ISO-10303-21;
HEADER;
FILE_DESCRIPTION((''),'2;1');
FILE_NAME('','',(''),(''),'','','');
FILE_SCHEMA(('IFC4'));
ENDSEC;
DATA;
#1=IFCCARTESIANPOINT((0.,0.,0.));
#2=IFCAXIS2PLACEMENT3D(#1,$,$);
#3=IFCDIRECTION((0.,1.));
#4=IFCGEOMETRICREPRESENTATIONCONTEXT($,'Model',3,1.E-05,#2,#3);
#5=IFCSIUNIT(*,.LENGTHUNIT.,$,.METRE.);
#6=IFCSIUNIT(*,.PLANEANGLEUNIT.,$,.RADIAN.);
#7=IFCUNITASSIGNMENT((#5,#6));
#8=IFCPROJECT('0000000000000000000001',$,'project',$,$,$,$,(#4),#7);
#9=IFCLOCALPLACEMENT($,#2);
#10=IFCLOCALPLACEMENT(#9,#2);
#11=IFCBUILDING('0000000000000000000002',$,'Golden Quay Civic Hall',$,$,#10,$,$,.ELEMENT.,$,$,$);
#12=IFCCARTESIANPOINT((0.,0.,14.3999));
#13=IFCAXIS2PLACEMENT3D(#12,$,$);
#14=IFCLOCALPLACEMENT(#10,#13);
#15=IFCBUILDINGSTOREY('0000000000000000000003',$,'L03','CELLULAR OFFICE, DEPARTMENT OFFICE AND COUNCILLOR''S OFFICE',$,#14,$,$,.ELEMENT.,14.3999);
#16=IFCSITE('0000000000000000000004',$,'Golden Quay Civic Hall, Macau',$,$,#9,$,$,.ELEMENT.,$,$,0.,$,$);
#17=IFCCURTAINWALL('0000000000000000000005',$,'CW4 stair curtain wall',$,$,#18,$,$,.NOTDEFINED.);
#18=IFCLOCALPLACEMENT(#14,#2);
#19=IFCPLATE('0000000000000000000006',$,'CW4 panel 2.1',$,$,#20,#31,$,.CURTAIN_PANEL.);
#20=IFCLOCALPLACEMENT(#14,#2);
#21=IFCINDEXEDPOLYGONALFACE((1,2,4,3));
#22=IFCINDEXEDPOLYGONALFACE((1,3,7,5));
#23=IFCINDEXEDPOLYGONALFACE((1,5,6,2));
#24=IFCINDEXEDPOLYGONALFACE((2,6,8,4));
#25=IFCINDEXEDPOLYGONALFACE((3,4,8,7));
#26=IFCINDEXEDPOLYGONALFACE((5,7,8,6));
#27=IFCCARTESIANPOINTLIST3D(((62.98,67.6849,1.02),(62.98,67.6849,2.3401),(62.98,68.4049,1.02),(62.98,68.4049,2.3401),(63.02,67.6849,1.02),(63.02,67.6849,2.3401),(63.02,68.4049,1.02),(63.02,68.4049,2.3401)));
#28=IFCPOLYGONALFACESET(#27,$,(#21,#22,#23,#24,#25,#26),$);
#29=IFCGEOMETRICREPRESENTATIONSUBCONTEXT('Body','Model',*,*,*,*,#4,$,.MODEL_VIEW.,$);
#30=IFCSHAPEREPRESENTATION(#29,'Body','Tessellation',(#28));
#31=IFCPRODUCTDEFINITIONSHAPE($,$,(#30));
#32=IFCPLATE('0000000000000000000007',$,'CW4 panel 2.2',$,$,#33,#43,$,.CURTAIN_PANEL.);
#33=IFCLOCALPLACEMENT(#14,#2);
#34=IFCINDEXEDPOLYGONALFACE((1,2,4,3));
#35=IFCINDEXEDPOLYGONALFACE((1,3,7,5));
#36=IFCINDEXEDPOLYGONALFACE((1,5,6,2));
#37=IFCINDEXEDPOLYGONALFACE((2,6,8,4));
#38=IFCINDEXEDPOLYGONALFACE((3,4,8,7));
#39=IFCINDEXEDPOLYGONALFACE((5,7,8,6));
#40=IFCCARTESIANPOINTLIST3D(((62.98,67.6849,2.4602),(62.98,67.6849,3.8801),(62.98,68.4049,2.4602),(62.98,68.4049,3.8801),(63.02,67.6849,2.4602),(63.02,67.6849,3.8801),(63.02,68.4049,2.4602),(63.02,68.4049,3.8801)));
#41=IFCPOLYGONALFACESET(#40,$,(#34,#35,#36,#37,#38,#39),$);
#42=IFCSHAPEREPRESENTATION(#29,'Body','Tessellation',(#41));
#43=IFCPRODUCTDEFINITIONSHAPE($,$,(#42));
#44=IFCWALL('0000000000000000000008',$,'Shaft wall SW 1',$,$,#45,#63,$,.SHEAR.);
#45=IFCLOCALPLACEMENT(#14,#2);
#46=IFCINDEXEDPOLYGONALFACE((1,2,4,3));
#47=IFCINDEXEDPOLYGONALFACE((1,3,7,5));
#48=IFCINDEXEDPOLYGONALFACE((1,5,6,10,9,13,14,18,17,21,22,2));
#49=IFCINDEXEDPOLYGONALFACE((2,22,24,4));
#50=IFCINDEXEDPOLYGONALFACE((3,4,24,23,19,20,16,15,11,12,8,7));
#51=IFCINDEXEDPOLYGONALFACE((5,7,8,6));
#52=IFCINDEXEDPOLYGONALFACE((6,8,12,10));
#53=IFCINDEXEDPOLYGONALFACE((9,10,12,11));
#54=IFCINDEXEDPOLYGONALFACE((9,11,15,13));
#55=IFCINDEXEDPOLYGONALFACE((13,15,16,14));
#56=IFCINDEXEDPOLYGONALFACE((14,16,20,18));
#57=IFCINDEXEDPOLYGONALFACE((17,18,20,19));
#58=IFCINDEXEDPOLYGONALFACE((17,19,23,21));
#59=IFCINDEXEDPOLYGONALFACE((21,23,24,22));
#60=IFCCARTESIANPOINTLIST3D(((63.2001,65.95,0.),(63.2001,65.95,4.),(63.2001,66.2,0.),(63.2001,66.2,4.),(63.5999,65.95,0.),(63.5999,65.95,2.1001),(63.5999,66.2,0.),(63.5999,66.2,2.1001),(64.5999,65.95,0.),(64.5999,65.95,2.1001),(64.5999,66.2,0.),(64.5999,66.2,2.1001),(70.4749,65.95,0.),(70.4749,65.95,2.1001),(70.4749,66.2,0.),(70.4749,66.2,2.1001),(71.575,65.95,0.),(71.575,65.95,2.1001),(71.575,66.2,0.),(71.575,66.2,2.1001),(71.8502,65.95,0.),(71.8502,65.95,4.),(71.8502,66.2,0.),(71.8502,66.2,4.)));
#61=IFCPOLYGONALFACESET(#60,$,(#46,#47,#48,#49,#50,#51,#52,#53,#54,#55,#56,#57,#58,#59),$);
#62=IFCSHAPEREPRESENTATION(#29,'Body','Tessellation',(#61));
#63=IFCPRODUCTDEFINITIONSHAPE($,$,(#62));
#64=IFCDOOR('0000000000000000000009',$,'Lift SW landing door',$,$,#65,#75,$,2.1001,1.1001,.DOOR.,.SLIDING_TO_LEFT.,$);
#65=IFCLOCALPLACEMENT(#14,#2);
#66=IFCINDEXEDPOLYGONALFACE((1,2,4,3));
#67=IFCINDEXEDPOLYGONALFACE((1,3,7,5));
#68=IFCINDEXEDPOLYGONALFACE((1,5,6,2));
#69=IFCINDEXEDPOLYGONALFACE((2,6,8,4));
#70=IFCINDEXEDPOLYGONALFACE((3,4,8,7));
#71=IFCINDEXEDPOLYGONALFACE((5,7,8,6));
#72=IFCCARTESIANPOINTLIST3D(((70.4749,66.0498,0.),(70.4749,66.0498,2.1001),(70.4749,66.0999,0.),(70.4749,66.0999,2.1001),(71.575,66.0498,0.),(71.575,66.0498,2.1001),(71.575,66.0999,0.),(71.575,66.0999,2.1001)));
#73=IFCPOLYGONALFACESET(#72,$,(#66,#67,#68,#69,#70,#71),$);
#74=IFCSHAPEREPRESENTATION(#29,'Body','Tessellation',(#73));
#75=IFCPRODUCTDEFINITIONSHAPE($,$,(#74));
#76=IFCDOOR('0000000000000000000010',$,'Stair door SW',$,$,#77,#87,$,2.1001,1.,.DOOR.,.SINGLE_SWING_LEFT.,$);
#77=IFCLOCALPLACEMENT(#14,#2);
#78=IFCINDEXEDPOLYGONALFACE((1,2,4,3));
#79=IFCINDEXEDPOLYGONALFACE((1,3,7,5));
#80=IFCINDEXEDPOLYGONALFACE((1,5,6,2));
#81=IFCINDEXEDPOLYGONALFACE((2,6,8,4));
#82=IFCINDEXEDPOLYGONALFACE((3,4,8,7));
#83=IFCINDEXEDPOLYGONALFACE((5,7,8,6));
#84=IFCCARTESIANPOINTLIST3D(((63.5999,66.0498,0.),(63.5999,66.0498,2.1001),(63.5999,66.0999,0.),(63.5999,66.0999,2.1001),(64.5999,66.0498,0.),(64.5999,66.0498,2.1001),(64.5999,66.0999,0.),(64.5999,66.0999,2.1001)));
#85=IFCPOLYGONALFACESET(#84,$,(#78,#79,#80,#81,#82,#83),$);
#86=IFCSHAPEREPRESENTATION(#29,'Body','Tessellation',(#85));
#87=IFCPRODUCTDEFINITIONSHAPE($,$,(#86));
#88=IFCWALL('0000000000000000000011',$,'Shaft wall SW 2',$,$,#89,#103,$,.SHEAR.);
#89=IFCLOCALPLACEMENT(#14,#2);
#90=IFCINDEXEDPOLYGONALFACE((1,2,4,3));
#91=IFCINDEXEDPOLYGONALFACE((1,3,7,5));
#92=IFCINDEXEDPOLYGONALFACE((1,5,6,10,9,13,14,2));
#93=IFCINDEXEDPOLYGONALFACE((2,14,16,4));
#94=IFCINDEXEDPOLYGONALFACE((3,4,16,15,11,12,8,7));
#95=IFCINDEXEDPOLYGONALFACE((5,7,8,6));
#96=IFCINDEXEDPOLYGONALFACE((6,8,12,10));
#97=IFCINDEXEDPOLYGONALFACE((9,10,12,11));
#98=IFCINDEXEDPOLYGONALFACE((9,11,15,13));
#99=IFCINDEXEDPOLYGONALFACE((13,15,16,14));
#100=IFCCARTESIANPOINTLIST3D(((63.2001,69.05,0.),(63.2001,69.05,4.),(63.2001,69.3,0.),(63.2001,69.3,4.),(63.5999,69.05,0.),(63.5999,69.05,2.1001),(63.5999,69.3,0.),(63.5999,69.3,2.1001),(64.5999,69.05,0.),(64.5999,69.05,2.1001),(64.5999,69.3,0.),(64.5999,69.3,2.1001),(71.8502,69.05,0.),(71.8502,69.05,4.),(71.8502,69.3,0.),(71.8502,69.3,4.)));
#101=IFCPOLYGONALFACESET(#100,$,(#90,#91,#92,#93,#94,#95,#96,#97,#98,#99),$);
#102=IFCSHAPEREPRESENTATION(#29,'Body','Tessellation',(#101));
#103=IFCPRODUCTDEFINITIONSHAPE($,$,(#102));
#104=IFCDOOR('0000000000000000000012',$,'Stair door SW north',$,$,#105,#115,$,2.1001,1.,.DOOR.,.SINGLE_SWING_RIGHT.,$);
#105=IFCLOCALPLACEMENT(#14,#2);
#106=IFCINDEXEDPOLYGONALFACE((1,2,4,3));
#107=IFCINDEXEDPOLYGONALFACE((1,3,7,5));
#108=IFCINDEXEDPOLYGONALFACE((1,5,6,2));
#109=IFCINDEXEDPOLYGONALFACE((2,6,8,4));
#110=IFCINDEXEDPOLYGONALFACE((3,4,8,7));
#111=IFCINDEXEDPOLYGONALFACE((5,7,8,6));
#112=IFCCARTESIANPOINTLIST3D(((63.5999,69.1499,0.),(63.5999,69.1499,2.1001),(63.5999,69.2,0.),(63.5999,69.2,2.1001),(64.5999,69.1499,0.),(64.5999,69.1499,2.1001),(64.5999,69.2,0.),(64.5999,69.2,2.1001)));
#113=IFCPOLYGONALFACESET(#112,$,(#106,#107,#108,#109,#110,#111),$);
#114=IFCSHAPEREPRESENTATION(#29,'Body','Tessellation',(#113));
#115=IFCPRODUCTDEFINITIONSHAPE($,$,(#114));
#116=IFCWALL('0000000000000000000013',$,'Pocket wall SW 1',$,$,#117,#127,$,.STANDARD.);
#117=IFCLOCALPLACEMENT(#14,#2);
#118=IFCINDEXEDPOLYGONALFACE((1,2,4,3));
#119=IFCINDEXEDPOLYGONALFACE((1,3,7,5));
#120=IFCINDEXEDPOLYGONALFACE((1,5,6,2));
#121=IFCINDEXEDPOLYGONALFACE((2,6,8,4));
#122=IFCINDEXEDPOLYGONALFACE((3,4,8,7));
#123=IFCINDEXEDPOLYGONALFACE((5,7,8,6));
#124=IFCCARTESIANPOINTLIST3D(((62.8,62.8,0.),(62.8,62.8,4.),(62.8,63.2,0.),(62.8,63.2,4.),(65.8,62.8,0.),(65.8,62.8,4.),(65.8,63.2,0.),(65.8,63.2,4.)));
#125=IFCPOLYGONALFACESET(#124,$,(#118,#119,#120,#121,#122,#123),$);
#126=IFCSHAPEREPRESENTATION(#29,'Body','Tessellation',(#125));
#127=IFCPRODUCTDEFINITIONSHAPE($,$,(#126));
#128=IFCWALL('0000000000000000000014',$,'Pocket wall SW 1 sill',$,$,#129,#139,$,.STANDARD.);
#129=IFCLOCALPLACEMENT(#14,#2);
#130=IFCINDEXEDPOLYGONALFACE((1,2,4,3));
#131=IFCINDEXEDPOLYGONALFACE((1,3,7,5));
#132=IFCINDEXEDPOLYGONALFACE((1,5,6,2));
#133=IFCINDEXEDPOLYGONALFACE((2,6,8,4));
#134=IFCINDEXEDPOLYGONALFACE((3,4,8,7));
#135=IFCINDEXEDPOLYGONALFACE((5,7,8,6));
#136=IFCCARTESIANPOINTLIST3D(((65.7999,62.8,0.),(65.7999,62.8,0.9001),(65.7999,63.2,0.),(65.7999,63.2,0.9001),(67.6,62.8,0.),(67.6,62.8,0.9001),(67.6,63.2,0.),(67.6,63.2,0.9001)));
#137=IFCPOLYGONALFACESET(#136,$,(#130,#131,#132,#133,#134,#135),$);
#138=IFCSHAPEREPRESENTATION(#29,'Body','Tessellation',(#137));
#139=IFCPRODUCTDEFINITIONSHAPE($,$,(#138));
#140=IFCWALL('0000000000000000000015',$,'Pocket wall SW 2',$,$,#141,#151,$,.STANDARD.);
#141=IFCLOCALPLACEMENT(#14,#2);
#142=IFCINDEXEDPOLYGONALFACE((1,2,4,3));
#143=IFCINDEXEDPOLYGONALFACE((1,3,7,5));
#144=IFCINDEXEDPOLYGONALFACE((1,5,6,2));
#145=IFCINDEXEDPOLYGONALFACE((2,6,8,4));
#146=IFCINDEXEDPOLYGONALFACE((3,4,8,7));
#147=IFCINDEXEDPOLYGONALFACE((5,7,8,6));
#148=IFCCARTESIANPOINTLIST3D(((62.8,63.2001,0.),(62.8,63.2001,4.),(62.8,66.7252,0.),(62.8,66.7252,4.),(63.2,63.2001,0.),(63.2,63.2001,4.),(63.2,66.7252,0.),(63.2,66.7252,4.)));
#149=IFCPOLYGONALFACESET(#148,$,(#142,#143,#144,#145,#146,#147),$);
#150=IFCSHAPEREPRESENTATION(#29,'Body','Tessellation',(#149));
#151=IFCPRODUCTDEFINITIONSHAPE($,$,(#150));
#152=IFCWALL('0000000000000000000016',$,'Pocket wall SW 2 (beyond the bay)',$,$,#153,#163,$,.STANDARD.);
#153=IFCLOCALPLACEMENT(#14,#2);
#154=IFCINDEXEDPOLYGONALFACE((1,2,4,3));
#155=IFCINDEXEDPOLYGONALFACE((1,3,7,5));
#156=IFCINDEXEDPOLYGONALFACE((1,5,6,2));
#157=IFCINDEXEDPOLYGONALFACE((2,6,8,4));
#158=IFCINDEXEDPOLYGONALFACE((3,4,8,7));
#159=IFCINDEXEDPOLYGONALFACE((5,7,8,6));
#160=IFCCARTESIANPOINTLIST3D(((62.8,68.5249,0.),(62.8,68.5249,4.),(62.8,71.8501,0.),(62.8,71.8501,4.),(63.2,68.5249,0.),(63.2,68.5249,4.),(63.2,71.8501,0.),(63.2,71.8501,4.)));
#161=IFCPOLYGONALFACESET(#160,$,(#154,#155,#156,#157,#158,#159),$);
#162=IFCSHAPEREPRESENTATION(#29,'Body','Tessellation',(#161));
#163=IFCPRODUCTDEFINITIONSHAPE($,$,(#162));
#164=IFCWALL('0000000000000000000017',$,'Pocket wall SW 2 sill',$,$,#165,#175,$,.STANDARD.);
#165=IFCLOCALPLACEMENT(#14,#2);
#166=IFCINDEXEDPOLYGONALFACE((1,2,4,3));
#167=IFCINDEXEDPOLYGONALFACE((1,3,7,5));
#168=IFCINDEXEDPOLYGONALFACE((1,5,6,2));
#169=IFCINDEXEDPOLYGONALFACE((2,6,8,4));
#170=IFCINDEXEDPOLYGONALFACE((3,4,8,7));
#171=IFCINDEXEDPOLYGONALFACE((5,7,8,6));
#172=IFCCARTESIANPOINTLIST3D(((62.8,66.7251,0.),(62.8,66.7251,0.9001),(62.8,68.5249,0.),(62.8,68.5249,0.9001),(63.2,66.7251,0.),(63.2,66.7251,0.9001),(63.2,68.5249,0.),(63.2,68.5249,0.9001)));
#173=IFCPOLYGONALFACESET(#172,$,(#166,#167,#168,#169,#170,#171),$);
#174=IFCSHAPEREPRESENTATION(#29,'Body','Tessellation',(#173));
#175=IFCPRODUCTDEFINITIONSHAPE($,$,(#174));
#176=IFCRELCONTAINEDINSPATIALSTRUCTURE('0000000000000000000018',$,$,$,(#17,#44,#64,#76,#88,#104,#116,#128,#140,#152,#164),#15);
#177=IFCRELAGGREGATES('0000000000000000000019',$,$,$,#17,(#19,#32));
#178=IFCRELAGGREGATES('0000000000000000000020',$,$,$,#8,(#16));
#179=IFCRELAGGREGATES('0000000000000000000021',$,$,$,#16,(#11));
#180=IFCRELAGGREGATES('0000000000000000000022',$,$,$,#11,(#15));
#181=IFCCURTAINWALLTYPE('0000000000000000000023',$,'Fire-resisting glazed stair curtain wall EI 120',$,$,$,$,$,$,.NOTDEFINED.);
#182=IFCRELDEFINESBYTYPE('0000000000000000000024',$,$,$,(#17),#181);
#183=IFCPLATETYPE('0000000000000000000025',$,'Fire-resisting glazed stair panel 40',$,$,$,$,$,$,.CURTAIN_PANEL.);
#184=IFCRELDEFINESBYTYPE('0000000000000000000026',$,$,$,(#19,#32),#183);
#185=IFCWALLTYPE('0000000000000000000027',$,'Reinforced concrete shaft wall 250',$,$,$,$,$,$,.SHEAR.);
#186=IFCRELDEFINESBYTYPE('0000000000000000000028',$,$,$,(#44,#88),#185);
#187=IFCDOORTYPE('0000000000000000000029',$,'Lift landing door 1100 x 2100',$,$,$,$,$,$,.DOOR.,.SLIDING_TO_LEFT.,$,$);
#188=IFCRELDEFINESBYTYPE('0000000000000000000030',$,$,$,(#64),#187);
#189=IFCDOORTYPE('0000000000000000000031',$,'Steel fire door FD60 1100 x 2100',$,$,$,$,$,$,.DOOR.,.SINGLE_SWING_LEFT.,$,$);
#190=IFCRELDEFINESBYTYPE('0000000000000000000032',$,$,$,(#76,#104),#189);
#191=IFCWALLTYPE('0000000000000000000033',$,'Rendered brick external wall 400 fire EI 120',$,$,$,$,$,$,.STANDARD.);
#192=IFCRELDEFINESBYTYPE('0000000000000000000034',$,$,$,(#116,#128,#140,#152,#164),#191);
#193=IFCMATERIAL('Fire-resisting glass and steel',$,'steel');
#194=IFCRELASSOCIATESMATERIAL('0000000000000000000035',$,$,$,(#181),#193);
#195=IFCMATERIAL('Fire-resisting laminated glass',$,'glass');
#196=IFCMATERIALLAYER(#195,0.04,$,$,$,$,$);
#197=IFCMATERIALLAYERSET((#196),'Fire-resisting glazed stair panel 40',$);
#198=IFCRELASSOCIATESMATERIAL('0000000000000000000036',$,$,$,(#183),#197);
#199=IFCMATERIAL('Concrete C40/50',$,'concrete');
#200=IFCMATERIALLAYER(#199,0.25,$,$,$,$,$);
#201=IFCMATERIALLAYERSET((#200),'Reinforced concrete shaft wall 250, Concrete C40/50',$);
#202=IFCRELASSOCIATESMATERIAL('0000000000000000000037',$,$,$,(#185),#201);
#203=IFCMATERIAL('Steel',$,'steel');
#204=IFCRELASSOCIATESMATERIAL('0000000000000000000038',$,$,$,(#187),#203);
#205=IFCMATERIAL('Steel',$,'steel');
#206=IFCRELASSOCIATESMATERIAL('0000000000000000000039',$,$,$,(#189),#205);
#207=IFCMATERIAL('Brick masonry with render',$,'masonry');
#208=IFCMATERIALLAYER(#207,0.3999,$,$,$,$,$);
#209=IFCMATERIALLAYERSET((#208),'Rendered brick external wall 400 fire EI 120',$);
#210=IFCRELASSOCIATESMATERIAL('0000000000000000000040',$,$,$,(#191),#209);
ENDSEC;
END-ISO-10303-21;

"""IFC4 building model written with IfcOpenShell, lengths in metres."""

from ifc_helpers import new_model, si_unit, direction, frame, frame_2d, origin, origin_2d, place, context, subcontext, project, spatial, rectangle, extrude, material, layer, layer_set, type_object, element, fill, aggregate, save


model = new_model("IFC4")

# Units and contexts
model_context = context("Model", 3, precision=1e-05, world=origin(), true_north=direction((0.0, 1.0)))
body_context = subcontext(model_context, "Body", "Model", "MODEL_VIEW")
ifc_project = project(units=[si_unit("LENGTHUNIT", "METRE"), si_unit("PLANEANGLEUNIT", "RADIAN")], contexts=[model_context])

# Site, building, storey
site_placement = place(None, origin())
site = spatial("IfcSite", under=ifc_project, at=site_placement, Name="Golden Quay Civic Hall, Macau", CompositionType="ELEMENT", RefElevation=0.0)
building_placement = place(site_placement, origin())
building = spatial("IfcBuilding", under=site, at=building_placement, Name="Golden Quay Civic Hall", CompositionType="ELEMENT")
storey_placement = place(building_placement, frame((0.0, 0.0, 14.3999)))
storey = spatial("IfcBuildingStorey", under=building, at=storey_placement, Name="L03", Description="CELLULAR OFFICE, DEPARTMENT OFFICE AND COUNCILLOR'S OFFICE", CompositionType="ELEMENT", Elevation=14.3999)

# Curtain wall, plates
ifc_material_1 = material(Name="Fire-resisting glass and steel", Category="steel")
curtain_wall_type = type_object("IfcCurtainWallType", Name="Fire-resisting glazed stair curtain wall EI 120", PredefinedType="NOTDEFINED", material=ifc_material_1)
curtain_wall_placement = place(storey_placement, origin())
curtain_wall = element("IfcCurtainWall", 1, at=curtain_wall_placement, inside=storey, type_object=curtain_wall_type, Name="CW4 stair curtain wall", PredefinedType="NOTDEFINED")
ifc_material_2 = material(Name="Fire-resisting laminated glass", Category="glass")
ifc_layer_1 = layer(ifc_material_2, 0.04)
ifc_layer_set_1 = layer_set([ifc_layer_1], Name="Fire-resisting glazed stair panel 40")
plate_type = type_object("IfcPlateType", Name="Fire-resisting glazed stair panel 40", PredefinedType="CURTAIN_PANEL", material=ifc_layer_set_1)
plate_1_placement = place(storey_placement, frame((63.0, 68.0449, 1.02), z_axis=(0.0, 0.0, 1.0), x_axis=(0.0, 1.0, 0.0)))
plate_1 = element("IfcPlate", 2, at=plate_1_placement, type_object=plate_type, Name="CW4 panel 2.1", PredefinedType="CURTAIN_PANEL", context=body_context, shape_type="SweptSolid", body=[
    extrude(rectangle(XDim=0.72, YDim=0.04, at=origin_2d()), origin(), (0.0, 0.0, 1.0), 1.3201),
])
plate_2_placement = place(storey_placement, frame((63.0, 68.0449, 2.4602), z_axis=(0.0, 0.0, 1.0), x_axis=(0.0, 1.0, 0.0)))
plate_2 = element("IfcPlate", 3, at=plate_2_placement, type_object=plate_type, Name="CW4 panel 2.2", PredefinedType="CURTAIN_PANEL", context=body_context, shape_type="SweptSolid", body=[
    extrude(rectangle(XDim=0.72, YDim=0.04, at=origin_2d()), origin(), (0.0, 0.0, 1.0), 1.4199),
])
aggregate(curtain_wall, [plate_1, plate_2])

# Wall, openings, doors
ifc_material_3 = material(Name="Concrete C40/50", Category="concrete")
ifc_layer_2 = layer(ifc_material_3, 0.25)
ifc_layer_set_2 = layer_set([ifc_layer_2], Name="Reinforced concrete shaft wall 250, Concrete C40/50")
wall_type_1 = type_object("IfcWallType", Name="Reinforced concrete shaft wall 250", PredefinedType="SHEAR", material=ifc_layer_set_2)
wall_1_placement = place(storey_placement, frame((63.2, 66.075, 0.0), z_axis=(0.0, 0.0, 1.0), x_axis=(1.0, 0.0, 0.0)))
wall_1 = element("IfcWall", 4, at=wall_1_placement, inside=storey, type_object=wall_type_1, Name="Shaft wall SW 1", PredefinedType="SHEAR", context=body_context, shape_type="SweptSolid", body=[
    extrude(rectangle(XDim=8.6501, YDim=0.25, at=frame_2d((4.3252, 0.0))), origin(), (0.0, 0.0, 1.0), 4.0),
])
opening_1_placement = place(wall_1_placement, frame((0.3999, 0.0, 0.0)))
opening_1 = element("IfcOpeningElement", 5, at=opening_1_placement, cuts=wall_1, PredefinedType="OPENING", context=body_context, shape_type="SweptSolid", body=[
    extrude(rectangle(XDim=1.0, YDim=2.1001, at=frame_2d((0.5, 1.05))), frame((0.0, 0.135, 0.0), z_axis=(0.0, -1.0, 0.0), x_axis=(1.0, 0.0, 0.0)), (0.0, 0.0, 1.0), 0.27),
])
opening_2_placement = place(wall_1_placement, frame((7.2749, 0.0, 0.0)))
opening_2 = element("IfcOpeningElement", 6, at=opening_2_placement, cuts=wall_1, PredefinedType="OPENING", context=body_context, shape_type="SweptSolid", body=[
    extrude(rectangle(XDim=1.1001, YDim=2.1001, at=frame_2d((0.55, 1.05))), frame((0.0, 0.135, 0.0), z_axis=(0.0, -1.0, 0.0), x_axis=(1.0, 0.0, 0.0)), (0.0, 0.0, 1.0), 0.27),
])
ifc_material_4 = material(Name="Steel", Category="steel")
door_type_1 = type_object("IfcDoorType", Name="Lift landing door 1100 x 2100", OperationType="SLIDING_TO_LEFT", PredefinedType="DOOR", material=ifc_material_4)
door_1_placement = place(opening_2_placement, frame((1.1001, 0.0, 0.0), z_axis=(0.0, 0.0, 1.0), x_axis=(-1.0, 0.0, 0.0)))
door_1 = element("IfcDoor", 7, at=door_1_placement, inside=storey, type_object=door_type_1, Name="Lift SW landing door", OperationType="SLIDING_TO_LEFT", OverallHeight=2.1001, OverallWidth=1.1001, PredefinedType="DOOR", context=body_context, shape_type="SweptSolid", body=[
    extrude(rectangle(XDim=1.1001, YDim=2.1001, at=frame_2d((0.55, 1.05))), frame((0.0, 0.0251, 0.0), z_axis=(0.0, -1.0, 0.0), x_axis=(1.0, 0.0, 0.0)), (0.0, 0.0, 1.0), 0.05),
])
fill(opening_2, door_1)
ifc_material_5 = material(Name="Steel", Category="steel")
door_type_2 = type_object("IfcDoorType", Name="Steel fire door FD60 1100 x 2100", OperationType="SINGLE_SWING_LEFT", PredefinedType="DOOR", material=ifc_material_5)
door_2_placement = place(opening_1_placement, origin())
door_2 = element("IfcDoor", 8, at=door_2_placement, inside=storey, type_object=door_type_2, Name="Stair door SW", OperationType="SINGLE_SWING_LEFT", OverallHeight=2.1001, OverallWidth=1.0, PredefinedType="DOOR", context=body_context, shape_type="SweptSolid", body=[
    extrude(rectangle(XDim=1.0, YDim=2.1001, at=frame_2d((0.5, 1.05))), frame((0.0, 0.0249, 0.0), z_axis=(0.0, -1.0, 0.0), x_axis=(1.0, 0.0, 0.0)), (0.0, 0.0, 1.0), 0.05),
])
fill(opening_1, door_2)

# Wall, opening, door
wall_2_placement = place(storey_placement, frame((63.2, 69.175, 0.0), z_axis=(0.0, 0.0, 1.0), x_axis=(1.0, 0.0, 0.0)))
wall_2 = element("IfcWall", 9, at=wall_2_placement, inside=storey, type_object=wall_type_1, Name="Shaft wall SW 2", PredefinedType="SHEAR", context=body_context, shape_type="SweptSolid", body=[
    extrude(rectangle(XDim=8.6501, YDim=0.25, at=frame_2d((4.3252, 0.0))), origin(), (0.0, 0.0, 1.0), 4.0),
])
opening_3_placement = place(wall_2_placement, frame((0.3999, 0.0, 0.0)))
opening_3 = element("IfcOpeningElement", 10, at=opening_3_placement, cuts=wall_2, PredefinedType="OPENING", context=body_context, shape_type="SweptSolid", body=[
    extrude(rectangle(XDim=1.0, YDim=2.1001, at=frame_2d((0.5, 1.05))), frame((0.0, 0.135, 0.0), z_axis=(0.0, -1.0, 0.0), x_axis=(1.0, 0.0, 0.0)), (0.0, 0.0, 1.0), 0.27),
])
door_3_placement = place(opening_3_placement, frame((1.0, 0.0, 0.0), z_axis=(0.0, 0.0, 1.0), x_axis=(-1.0, 0.0, 0.0)))
door_3 = element("IfcDoor", 11, at=door_3_placement, inside=storey, type_object=door_type_2, Name="Stair door SW north", OperationType="SINGLE_SWING_RIGHT", OverallHeight=2.1001, OverallWidth=1.0, PredefinedType="DOOR", context=body_context, shape_type="SweptSolid", body=[
    extrude(rectangle(XDim=1.0, YDim=2.1001, at=frame_2d((0.5, 1.05))), frame((0.0, 0.0251, 0.0), z_axis=(0.0, -1.0, 0.0), x_axis=(1.0, 0.0, 0.0)), (0.0, 0.0, 1.0), 0.05),
])
fill(opening_3, door_3)

# Walls
ifc_material_6 = material(Name="Brick masonry with render", Category="masonry")
ifc_layer_3 = layer(ifc_material_6, 0.3999)
ifc_layer_set_3 = layer_set([ifc_layer_3], Name="Rendered brick external wall 400 fire EI 120")
wall_type_2 = type_object("IfcWallType", Name="Rendered brick external wall 400 fire EI 120", PredefinedType="STANDARD", material=ifc_layer_set_3)
wall_3_placement = place(storey_placement, frame((62.8, 63.0, 0.0), z_axis=(0.0, 0.0, 1.0), x_axis=(1.0, 0.0, 0.0)))
element("IfcWall", 12, at=wall_3_placement, inside=storey, type_object=wall_type_2, Name="Pocket wall SW 1", PredefinedType="STANDARD", context=body_context, shape_type="SweptSolid", body=[
    extrude(rectangle(XDim=3.0, YDim=0.3999, at=frame_2d((1.5, 0.0))), origin(), (0.0, 0.0, 1.0), 4.0),
])
wall_4_placement = place(storey_placement, frame((65.8, 63.0, 0.0), z_axis=(0.0, 0.0, 1.0), x_axis=(1.0, 0.0, 0.0)))
element("IfcWall", 13, at=wall_4_placement, inside=storey, type_object=wall_type_2, Name="Pocket wall SW 1 sill", PredefinedType="STANDARD", context=body_context, shape_type="SweptSolid", body=[
    extrude(rectangle(XDim=1.8, YDim=0.3999, at=frame_2d((0.8999, 0.0))), origin(), (0.0, 0.0, 1.0), 0.9001),
])
wall_5_placement = place(storey_placement, frame((63.0, 63.2, 0.0), z_axis=(0.0, 0.0, 1.0), x_axis=(0.0, 1.0, 0.0)))
element("IfcWall", 14, at=wall_5_placement, inside=storey, type_object=wall_type_2, Name="Pocket wall SW 2", PredefinedType="STANDARD", context=body_context, shape_type="SweptSolid", body=[
    extrude(rectangle(XDim=3.5251, YDim=0.3999, at=frame_2d((1.7627, 0.0))), origin(), (0.0, 0.0, 1.0), 4.0),
])
wall_6_placement = place(storey_placement, frame((63.0, 68.5249, 0.0), z_axis=(0.0, 0.0, 1.0), x_axis=(0.0, 1.0, 0.0)))
element("IfcWall", 15, at=wall_6_placement, inside=storey, type_object=wall_type_2, Name="Pocket wall SW 2 (beyond the bay)", PredefinedType="STANDARD", context=body_context, shape_type="SweptSolid", body=[
    extrude(rectangle(XDim=3.3252, YDim=0.3999, at=frame_2d((1.6626, 0.0))), origin(), (0.0, 0.0, 1.0), 4.0),
])
wall_7_placement = place(storey_placement, frame((63.0, 66.7251, 0.0), z_axis=(0.0, 0.0, 1.0), x_axis=(0.0, 1.0, 0.0)))
element("IfcWall", 16, at=wall_7_placement, inside=storey, type_object=wall_type_2, Name="Pocket wall SW 2 sill", PredefinedType="STANDARD", context=body_context, shape_type="SweptSolid", body=[
    extrude(rectangle(XDim=1.7998, YDim=0.3999, at=frame_2d((0.8999, 0.0))), origin(), (0.0, 0.0, 1.0), 0.9001),
])

save(model, "model.ifc")
